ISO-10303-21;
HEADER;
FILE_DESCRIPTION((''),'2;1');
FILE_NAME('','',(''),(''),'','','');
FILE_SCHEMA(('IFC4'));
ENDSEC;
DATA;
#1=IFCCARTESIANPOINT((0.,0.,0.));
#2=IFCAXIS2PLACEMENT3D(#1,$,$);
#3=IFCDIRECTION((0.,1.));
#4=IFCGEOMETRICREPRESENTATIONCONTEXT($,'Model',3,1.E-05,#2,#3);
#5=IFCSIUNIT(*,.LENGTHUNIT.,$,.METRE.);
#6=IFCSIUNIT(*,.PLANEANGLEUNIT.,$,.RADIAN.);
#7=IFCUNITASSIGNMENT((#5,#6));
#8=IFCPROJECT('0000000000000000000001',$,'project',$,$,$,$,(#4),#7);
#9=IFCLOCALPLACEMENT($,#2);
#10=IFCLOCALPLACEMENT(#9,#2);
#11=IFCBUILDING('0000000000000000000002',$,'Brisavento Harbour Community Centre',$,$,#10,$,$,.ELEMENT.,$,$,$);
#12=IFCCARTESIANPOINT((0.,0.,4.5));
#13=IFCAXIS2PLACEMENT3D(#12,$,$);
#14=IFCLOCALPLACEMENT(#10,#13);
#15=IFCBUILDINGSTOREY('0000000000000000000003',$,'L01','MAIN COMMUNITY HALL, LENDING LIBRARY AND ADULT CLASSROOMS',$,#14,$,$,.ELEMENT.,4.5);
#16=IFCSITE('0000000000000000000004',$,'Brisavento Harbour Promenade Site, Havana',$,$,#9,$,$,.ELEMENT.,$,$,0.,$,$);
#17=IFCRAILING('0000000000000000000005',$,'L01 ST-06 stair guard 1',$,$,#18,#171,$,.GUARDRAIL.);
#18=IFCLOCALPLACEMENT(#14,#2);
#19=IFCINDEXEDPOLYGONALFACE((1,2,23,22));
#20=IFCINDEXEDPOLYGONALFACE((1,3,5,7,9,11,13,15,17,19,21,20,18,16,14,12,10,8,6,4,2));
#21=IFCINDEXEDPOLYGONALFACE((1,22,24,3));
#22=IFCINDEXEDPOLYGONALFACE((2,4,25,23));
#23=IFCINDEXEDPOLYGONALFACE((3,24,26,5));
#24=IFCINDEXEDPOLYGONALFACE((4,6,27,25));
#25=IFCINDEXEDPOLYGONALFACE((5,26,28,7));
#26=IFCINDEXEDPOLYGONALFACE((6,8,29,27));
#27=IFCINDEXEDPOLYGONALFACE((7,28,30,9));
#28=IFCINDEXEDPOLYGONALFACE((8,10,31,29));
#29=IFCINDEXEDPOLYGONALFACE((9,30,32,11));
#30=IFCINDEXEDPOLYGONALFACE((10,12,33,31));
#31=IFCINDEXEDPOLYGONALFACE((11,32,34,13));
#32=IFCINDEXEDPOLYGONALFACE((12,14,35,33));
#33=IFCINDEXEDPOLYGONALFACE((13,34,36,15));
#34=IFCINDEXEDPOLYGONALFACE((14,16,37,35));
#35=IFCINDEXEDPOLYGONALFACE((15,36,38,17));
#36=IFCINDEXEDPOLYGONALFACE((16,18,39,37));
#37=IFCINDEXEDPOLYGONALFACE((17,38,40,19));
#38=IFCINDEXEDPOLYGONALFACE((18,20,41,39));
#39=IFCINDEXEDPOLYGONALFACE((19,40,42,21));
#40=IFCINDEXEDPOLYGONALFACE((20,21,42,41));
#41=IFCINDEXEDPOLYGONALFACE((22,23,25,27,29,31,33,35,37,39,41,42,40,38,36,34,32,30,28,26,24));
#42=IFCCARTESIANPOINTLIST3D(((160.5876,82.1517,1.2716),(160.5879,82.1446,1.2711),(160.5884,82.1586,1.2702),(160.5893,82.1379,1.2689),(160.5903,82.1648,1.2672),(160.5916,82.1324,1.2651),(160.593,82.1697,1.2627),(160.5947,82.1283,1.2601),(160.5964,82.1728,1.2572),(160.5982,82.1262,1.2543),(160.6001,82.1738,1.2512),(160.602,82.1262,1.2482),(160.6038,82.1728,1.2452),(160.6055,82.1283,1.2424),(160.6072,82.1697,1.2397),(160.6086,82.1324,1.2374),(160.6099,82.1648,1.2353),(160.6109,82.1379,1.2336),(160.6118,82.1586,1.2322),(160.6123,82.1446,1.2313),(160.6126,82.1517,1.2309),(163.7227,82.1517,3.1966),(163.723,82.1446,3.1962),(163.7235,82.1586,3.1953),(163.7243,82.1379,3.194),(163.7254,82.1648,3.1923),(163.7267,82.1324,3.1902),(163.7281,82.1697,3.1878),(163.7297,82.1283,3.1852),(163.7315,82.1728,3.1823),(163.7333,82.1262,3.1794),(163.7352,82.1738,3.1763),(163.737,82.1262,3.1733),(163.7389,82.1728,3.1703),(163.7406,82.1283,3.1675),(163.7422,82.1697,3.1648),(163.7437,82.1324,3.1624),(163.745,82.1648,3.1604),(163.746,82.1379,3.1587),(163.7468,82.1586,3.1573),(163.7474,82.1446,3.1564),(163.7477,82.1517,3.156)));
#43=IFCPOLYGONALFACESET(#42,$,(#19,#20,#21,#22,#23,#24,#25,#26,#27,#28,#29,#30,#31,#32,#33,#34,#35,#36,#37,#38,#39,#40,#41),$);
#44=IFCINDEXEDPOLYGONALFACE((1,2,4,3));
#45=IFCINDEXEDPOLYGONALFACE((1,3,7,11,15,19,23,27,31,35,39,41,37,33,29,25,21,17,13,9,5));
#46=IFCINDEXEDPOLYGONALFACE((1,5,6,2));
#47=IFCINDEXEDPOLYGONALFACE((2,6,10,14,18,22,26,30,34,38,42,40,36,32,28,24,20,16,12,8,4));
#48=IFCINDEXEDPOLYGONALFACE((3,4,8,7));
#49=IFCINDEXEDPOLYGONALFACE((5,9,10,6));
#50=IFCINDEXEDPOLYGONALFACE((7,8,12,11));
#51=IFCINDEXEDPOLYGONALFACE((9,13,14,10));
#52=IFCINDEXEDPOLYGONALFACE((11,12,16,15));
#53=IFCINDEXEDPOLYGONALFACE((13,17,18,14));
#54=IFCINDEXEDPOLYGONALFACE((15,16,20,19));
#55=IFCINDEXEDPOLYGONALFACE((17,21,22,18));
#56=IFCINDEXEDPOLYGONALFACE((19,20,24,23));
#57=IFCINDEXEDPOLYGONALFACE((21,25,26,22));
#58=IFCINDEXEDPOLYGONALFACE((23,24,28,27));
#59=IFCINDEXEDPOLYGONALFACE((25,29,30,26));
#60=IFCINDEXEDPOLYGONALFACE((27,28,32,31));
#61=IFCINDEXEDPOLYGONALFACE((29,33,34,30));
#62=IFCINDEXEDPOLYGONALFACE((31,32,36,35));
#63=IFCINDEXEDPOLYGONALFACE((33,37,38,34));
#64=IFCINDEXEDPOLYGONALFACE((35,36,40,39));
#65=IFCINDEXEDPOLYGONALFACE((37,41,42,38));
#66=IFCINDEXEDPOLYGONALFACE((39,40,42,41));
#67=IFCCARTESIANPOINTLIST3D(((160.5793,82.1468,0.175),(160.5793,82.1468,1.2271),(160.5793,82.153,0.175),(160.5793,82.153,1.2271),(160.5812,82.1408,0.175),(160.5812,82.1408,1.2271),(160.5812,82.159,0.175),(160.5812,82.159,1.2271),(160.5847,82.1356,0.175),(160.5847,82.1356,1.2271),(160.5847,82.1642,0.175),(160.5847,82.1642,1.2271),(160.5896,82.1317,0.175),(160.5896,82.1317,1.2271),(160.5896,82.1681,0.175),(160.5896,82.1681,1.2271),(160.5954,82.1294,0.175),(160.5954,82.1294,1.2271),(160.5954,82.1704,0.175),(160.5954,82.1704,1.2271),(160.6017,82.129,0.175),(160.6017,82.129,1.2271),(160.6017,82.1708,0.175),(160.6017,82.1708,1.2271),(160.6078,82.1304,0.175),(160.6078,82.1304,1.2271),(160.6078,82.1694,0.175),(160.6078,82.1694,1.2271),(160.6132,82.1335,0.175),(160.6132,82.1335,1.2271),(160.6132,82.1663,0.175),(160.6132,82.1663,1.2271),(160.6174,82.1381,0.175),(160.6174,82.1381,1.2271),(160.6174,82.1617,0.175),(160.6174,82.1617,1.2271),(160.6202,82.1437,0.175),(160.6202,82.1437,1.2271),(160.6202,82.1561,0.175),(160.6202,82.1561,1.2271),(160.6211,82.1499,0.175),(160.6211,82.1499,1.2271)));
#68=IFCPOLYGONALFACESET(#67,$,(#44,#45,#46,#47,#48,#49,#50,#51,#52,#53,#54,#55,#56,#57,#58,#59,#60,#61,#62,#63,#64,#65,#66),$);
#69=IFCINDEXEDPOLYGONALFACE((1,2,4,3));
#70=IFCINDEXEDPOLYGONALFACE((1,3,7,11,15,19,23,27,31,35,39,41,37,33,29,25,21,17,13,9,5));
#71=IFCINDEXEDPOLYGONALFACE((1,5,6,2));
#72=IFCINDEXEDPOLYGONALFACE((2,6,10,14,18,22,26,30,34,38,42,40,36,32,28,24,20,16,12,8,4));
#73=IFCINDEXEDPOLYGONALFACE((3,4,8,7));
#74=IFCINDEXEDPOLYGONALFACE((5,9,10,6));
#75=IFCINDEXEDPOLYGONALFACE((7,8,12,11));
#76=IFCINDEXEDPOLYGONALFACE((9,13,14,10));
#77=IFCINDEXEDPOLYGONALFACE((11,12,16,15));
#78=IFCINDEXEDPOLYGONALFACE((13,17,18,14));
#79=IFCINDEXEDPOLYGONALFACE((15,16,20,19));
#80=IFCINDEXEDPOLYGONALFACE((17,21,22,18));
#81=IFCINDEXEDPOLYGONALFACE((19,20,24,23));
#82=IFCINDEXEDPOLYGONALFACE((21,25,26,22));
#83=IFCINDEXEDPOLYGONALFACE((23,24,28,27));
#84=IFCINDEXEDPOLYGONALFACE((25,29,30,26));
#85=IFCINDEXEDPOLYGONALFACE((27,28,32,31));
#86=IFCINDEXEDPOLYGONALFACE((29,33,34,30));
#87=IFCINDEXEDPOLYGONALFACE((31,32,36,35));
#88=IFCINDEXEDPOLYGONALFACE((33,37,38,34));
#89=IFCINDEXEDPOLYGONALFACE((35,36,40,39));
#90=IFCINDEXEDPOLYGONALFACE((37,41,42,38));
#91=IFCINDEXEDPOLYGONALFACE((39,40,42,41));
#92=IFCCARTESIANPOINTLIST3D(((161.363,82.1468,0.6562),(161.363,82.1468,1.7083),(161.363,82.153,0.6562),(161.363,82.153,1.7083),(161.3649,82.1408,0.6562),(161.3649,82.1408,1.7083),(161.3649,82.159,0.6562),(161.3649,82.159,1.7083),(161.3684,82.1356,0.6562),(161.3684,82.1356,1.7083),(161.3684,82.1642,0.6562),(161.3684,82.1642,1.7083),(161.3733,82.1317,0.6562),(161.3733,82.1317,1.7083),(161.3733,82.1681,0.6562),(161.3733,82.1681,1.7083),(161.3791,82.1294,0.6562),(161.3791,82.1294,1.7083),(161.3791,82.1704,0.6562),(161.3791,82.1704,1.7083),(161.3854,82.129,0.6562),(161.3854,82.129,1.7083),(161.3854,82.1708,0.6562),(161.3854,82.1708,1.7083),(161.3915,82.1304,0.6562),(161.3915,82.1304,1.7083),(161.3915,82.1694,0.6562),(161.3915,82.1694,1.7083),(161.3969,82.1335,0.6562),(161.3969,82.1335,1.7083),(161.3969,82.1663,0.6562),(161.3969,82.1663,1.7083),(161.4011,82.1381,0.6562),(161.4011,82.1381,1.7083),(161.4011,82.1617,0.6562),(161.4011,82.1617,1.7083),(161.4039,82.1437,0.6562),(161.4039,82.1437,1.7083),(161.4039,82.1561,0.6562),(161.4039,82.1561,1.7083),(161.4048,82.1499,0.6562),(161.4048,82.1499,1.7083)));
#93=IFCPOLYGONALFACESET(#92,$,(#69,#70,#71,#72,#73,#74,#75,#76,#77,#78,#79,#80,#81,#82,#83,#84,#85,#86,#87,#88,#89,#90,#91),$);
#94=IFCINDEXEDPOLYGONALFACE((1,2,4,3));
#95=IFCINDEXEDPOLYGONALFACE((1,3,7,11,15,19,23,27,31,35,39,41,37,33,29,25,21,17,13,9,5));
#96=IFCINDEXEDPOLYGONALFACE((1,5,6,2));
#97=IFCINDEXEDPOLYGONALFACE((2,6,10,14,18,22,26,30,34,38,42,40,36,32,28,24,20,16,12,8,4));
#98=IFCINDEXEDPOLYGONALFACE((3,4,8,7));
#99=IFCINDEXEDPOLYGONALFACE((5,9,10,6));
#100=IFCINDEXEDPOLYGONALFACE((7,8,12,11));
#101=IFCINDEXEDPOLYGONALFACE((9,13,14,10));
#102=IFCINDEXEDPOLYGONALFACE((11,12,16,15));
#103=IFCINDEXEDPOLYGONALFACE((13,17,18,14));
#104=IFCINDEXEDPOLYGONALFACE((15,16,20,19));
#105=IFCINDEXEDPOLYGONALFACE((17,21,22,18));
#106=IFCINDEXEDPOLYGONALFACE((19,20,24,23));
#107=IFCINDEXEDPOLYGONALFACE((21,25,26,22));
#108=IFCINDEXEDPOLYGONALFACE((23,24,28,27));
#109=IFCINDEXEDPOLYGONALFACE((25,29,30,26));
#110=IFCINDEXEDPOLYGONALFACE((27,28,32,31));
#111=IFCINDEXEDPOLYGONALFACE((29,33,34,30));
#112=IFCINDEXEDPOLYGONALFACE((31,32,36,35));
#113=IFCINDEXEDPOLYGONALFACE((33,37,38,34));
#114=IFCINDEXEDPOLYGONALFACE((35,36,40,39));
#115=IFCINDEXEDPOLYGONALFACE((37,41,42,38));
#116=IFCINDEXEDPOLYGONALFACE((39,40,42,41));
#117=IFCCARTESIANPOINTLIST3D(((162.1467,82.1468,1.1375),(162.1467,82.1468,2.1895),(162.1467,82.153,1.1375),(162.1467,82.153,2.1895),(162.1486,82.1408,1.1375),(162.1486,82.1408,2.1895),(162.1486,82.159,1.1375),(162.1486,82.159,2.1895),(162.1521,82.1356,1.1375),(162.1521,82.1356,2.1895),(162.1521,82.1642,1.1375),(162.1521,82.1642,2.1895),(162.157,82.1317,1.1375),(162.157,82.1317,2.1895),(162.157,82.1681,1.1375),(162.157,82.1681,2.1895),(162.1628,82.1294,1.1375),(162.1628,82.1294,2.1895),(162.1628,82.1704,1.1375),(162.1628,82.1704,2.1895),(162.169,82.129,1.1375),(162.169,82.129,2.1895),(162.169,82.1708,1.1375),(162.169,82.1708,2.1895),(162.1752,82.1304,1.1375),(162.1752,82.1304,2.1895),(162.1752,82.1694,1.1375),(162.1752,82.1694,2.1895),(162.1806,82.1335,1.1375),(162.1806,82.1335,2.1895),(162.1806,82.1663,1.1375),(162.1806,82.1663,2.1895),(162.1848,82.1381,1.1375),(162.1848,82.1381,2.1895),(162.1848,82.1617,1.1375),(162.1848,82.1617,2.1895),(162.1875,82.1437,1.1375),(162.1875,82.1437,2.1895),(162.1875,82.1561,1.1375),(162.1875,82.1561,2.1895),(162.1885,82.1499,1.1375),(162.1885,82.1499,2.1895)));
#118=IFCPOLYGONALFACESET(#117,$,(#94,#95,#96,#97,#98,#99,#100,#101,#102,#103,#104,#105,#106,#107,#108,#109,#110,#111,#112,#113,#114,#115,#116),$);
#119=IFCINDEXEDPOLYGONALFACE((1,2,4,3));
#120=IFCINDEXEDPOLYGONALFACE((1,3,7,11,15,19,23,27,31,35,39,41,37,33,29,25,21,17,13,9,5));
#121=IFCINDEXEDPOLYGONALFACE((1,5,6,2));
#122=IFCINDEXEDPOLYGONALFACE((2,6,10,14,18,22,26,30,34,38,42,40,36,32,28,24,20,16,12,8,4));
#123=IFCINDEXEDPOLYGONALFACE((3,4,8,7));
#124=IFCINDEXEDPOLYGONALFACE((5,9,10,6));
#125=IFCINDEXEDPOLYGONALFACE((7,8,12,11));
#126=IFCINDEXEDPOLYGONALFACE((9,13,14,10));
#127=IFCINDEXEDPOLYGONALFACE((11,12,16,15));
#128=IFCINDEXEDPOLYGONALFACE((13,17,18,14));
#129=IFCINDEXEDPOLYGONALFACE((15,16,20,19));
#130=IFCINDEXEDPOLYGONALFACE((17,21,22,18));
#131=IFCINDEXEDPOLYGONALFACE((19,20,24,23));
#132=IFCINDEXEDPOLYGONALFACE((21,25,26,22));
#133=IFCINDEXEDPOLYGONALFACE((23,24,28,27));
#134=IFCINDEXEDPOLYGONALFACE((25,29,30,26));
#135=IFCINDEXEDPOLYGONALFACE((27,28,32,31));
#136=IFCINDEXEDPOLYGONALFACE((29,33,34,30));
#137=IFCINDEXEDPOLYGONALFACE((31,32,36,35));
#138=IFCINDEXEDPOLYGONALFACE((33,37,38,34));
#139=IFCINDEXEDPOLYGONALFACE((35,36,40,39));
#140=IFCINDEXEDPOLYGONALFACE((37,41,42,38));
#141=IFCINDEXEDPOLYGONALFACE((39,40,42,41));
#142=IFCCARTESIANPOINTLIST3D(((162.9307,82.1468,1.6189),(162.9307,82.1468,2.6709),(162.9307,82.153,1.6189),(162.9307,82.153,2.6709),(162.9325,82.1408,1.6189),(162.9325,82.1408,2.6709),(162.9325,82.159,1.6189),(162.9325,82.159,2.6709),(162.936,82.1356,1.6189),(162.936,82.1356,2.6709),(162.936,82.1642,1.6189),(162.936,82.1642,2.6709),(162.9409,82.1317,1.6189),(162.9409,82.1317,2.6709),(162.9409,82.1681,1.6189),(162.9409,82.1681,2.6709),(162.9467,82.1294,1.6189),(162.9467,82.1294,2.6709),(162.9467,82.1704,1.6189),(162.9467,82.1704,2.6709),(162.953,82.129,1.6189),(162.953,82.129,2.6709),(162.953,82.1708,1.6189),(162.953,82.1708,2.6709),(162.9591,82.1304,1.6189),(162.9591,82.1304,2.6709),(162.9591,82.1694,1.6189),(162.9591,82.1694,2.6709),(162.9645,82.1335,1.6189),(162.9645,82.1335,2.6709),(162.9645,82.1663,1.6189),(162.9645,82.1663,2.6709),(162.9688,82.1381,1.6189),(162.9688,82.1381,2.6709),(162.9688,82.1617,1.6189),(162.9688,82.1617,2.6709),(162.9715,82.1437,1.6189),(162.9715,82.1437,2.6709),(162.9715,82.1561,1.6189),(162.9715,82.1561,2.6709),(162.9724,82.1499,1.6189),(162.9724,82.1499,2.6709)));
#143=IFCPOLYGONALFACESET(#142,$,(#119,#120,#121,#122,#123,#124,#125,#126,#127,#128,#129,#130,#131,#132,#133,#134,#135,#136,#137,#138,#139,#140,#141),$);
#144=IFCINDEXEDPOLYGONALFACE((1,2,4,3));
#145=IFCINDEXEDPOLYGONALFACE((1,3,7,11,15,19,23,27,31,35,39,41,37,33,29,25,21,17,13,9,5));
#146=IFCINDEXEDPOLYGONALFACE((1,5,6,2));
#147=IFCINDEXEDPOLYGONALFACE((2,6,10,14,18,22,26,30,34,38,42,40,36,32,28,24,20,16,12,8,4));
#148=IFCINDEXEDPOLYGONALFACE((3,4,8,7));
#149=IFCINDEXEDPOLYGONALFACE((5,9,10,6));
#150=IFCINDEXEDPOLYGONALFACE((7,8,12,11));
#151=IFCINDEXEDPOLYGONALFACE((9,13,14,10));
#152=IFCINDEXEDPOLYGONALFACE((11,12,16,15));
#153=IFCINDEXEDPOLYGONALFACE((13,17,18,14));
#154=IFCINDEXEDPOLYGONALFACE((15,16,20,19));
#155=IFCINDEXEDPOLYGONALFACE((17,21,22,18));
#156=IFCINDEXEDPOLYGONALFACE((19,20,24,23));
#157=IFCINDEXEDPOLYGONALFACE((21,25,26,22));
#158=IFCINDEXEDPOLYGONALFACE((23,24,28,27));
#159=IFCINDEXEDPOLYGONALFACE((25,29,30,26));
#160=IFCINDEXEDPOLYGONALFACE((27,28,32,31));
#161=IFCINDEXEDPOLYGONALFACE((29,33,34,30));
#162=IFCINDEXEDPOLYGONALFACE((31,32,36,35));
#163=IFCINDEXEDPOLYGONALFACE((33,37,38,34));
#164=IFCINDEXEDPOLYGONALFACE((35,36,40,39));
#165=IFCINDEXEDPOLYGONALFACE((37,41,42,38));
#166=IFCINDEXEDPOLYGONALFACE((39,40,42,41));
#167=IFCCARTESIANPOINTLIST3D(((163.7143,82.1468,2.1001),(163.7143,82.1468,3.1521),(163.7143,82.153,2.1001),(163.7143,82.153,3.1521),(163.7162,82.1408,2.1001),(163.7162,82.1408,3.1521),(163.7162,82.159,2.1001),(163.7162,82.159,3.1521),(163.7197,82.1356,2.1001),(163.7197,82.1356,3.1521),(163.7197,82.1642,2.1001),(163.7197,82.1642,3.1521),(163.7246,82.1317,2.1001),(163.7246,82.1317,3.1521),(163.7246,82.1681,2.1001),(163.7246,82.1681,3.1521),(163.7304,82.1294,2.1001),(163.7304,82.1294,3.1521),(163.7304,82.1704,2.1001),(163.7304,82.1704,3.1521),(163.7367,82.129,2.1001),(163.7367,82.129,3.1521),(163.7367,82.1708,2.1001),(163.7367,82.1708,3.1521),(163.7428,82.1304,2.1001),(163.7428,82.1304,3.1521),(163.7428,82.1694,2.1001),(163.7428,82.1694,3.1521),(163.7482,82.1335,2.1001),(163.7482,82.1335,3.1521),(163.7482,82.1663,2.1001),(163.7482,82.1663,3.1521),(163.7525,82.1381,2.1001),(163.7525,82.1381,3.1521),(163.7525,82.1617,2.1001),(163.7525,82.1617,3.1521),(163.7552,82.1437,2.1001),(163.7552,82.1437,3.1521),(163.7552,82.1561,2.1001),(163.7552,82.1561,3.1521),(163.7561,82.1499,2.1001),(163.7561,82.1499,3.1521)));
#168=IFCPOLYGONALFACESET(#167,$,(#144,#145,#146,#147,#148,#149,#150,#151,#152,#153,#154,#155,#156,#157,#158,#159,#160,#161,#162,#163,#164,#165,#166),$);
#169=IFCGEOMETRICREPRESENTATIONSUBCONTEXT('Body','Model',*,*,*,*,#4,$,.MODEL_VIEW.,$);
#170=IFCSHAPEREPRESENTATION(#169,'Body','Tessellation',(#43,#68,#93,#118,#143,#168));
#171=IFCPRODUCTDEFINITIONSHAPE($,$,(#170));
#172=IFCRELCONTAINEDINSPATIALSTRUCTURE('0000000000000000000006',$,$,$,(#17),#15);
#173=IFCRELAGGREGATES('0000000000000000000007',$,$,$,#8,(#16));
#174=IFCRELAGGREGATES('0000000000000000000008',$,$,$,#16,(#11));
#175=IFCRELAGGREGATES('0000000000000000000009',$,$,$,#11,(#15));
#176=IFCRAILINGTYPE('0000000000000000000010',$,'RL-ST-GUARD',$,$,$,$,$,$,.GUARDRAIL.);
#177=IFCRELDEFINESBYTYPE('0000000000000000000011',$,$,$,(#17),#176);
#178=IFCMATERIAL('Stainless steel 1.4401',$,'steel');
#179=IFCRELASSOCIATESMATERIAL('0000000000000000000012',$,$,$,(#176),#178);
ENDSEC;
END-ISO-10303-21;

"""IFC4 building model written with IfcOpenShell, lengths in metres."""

from ifc_helpers import new_model, si_unit, direction, frame, origin, origin_2d, place, context, subcontext, project, spatial, circle, extrude, material, type_object, element, save


model = new_model("IFC4")

# Units and contexts
model_context = context("Model", 3, precision=1e-05, world=origin(), true_north=direction((0.0, 1.0)))
body_context = subcontext(model_context, "Body", "Model", "MODEL_VIEW")
ifc_project = project(units=[si_unit("LENGTHUNIT", "METRE"), si_unit("PLANEANGLEUNIT", "RADIAN")], contexts=[model_context])

# Site, building, storey
site_placement = place(None, origin())
site = spatial("IfcSite", under=ifc_project, at=site_placement, Name="Brisavento Harbour Promenade Site, Havana", CompositionType="ELEMENT", RefElevation=0.0)
building_placement = place(site_placement, origin())
building = spatial("IfcBuilding", under=site, at=building_placement, Name="Brisavento Harbour Community Centre", CompositionType="ELEMENT")
storey_placement = place(building_placement, frame((0.0, 0.0, 4.5)))
storey = spatial("IfcBuildingStorey", under=building, at=storey_placement, Name="L01", Description="MAIN COMMUNITY HALL, LENDING LIBRARY AND ADULT CLASSROOMS", CompositionType="ELEMENT", Elevation=4.5)

# Railing
ifc_material_1 = material(Name="Stainless steel 1.4401", Category="steel")
railing_type_1 = type_object("IfcRailingType", Name="RL-ST-GUARD", PredefinedType="GUARDRAIL", material=ifc_material_1)
railing_1_placement = place(storey_placement, frame((160.6001, 82.1499, 0.175)))
element("IfcRailing", 1, at=railing_1_placement, inside=storey, type_object=railing_type_1, Name="L01 ST-06 stair guard 1", PredefinedType="GUARDRAIL", context=body_context, shape_type="SweptSolid", body=[
    extrude(circle(Radius=0.0239, at=origin_2d()), frame((0.0, 0.0, 1.0762), z_axis=(0.852166, 0.0, 0.523271), x_axis=(0.0, 1.0, 0.0)), (0.0, 0.0, 1.0), 3.679),
    extrude(circle(Radius=0.021, at=origin_2d()), origin(), (0.0, 0.0, 1.0), 1.052),
    extrude(circle(Radius=0.021, at=origin_2d()), frame((0.7837, 0.0, 0.4812)), (0.0, 0.0, 1.0), 1.052),
    extrude(circle(Radius=0.021, at=origin_2d()), frame((1.5674, 0.0, 0.9624)), (0.0, 0.0, 1.0), 1.052),
    extrude(circle(Radius=0.021, at=origin_2d()), frame((2.3513, 0.0, 1.4438)), (0.0, 0.0, 1.0), 1.052),
    extrude(circle(Radius=0.021, at=origin_2d()), frame((3.135, 0.0, 1.925)), (0.0, 0.0, 1.0), 1.052),
])

save(model, "model.ifc")
